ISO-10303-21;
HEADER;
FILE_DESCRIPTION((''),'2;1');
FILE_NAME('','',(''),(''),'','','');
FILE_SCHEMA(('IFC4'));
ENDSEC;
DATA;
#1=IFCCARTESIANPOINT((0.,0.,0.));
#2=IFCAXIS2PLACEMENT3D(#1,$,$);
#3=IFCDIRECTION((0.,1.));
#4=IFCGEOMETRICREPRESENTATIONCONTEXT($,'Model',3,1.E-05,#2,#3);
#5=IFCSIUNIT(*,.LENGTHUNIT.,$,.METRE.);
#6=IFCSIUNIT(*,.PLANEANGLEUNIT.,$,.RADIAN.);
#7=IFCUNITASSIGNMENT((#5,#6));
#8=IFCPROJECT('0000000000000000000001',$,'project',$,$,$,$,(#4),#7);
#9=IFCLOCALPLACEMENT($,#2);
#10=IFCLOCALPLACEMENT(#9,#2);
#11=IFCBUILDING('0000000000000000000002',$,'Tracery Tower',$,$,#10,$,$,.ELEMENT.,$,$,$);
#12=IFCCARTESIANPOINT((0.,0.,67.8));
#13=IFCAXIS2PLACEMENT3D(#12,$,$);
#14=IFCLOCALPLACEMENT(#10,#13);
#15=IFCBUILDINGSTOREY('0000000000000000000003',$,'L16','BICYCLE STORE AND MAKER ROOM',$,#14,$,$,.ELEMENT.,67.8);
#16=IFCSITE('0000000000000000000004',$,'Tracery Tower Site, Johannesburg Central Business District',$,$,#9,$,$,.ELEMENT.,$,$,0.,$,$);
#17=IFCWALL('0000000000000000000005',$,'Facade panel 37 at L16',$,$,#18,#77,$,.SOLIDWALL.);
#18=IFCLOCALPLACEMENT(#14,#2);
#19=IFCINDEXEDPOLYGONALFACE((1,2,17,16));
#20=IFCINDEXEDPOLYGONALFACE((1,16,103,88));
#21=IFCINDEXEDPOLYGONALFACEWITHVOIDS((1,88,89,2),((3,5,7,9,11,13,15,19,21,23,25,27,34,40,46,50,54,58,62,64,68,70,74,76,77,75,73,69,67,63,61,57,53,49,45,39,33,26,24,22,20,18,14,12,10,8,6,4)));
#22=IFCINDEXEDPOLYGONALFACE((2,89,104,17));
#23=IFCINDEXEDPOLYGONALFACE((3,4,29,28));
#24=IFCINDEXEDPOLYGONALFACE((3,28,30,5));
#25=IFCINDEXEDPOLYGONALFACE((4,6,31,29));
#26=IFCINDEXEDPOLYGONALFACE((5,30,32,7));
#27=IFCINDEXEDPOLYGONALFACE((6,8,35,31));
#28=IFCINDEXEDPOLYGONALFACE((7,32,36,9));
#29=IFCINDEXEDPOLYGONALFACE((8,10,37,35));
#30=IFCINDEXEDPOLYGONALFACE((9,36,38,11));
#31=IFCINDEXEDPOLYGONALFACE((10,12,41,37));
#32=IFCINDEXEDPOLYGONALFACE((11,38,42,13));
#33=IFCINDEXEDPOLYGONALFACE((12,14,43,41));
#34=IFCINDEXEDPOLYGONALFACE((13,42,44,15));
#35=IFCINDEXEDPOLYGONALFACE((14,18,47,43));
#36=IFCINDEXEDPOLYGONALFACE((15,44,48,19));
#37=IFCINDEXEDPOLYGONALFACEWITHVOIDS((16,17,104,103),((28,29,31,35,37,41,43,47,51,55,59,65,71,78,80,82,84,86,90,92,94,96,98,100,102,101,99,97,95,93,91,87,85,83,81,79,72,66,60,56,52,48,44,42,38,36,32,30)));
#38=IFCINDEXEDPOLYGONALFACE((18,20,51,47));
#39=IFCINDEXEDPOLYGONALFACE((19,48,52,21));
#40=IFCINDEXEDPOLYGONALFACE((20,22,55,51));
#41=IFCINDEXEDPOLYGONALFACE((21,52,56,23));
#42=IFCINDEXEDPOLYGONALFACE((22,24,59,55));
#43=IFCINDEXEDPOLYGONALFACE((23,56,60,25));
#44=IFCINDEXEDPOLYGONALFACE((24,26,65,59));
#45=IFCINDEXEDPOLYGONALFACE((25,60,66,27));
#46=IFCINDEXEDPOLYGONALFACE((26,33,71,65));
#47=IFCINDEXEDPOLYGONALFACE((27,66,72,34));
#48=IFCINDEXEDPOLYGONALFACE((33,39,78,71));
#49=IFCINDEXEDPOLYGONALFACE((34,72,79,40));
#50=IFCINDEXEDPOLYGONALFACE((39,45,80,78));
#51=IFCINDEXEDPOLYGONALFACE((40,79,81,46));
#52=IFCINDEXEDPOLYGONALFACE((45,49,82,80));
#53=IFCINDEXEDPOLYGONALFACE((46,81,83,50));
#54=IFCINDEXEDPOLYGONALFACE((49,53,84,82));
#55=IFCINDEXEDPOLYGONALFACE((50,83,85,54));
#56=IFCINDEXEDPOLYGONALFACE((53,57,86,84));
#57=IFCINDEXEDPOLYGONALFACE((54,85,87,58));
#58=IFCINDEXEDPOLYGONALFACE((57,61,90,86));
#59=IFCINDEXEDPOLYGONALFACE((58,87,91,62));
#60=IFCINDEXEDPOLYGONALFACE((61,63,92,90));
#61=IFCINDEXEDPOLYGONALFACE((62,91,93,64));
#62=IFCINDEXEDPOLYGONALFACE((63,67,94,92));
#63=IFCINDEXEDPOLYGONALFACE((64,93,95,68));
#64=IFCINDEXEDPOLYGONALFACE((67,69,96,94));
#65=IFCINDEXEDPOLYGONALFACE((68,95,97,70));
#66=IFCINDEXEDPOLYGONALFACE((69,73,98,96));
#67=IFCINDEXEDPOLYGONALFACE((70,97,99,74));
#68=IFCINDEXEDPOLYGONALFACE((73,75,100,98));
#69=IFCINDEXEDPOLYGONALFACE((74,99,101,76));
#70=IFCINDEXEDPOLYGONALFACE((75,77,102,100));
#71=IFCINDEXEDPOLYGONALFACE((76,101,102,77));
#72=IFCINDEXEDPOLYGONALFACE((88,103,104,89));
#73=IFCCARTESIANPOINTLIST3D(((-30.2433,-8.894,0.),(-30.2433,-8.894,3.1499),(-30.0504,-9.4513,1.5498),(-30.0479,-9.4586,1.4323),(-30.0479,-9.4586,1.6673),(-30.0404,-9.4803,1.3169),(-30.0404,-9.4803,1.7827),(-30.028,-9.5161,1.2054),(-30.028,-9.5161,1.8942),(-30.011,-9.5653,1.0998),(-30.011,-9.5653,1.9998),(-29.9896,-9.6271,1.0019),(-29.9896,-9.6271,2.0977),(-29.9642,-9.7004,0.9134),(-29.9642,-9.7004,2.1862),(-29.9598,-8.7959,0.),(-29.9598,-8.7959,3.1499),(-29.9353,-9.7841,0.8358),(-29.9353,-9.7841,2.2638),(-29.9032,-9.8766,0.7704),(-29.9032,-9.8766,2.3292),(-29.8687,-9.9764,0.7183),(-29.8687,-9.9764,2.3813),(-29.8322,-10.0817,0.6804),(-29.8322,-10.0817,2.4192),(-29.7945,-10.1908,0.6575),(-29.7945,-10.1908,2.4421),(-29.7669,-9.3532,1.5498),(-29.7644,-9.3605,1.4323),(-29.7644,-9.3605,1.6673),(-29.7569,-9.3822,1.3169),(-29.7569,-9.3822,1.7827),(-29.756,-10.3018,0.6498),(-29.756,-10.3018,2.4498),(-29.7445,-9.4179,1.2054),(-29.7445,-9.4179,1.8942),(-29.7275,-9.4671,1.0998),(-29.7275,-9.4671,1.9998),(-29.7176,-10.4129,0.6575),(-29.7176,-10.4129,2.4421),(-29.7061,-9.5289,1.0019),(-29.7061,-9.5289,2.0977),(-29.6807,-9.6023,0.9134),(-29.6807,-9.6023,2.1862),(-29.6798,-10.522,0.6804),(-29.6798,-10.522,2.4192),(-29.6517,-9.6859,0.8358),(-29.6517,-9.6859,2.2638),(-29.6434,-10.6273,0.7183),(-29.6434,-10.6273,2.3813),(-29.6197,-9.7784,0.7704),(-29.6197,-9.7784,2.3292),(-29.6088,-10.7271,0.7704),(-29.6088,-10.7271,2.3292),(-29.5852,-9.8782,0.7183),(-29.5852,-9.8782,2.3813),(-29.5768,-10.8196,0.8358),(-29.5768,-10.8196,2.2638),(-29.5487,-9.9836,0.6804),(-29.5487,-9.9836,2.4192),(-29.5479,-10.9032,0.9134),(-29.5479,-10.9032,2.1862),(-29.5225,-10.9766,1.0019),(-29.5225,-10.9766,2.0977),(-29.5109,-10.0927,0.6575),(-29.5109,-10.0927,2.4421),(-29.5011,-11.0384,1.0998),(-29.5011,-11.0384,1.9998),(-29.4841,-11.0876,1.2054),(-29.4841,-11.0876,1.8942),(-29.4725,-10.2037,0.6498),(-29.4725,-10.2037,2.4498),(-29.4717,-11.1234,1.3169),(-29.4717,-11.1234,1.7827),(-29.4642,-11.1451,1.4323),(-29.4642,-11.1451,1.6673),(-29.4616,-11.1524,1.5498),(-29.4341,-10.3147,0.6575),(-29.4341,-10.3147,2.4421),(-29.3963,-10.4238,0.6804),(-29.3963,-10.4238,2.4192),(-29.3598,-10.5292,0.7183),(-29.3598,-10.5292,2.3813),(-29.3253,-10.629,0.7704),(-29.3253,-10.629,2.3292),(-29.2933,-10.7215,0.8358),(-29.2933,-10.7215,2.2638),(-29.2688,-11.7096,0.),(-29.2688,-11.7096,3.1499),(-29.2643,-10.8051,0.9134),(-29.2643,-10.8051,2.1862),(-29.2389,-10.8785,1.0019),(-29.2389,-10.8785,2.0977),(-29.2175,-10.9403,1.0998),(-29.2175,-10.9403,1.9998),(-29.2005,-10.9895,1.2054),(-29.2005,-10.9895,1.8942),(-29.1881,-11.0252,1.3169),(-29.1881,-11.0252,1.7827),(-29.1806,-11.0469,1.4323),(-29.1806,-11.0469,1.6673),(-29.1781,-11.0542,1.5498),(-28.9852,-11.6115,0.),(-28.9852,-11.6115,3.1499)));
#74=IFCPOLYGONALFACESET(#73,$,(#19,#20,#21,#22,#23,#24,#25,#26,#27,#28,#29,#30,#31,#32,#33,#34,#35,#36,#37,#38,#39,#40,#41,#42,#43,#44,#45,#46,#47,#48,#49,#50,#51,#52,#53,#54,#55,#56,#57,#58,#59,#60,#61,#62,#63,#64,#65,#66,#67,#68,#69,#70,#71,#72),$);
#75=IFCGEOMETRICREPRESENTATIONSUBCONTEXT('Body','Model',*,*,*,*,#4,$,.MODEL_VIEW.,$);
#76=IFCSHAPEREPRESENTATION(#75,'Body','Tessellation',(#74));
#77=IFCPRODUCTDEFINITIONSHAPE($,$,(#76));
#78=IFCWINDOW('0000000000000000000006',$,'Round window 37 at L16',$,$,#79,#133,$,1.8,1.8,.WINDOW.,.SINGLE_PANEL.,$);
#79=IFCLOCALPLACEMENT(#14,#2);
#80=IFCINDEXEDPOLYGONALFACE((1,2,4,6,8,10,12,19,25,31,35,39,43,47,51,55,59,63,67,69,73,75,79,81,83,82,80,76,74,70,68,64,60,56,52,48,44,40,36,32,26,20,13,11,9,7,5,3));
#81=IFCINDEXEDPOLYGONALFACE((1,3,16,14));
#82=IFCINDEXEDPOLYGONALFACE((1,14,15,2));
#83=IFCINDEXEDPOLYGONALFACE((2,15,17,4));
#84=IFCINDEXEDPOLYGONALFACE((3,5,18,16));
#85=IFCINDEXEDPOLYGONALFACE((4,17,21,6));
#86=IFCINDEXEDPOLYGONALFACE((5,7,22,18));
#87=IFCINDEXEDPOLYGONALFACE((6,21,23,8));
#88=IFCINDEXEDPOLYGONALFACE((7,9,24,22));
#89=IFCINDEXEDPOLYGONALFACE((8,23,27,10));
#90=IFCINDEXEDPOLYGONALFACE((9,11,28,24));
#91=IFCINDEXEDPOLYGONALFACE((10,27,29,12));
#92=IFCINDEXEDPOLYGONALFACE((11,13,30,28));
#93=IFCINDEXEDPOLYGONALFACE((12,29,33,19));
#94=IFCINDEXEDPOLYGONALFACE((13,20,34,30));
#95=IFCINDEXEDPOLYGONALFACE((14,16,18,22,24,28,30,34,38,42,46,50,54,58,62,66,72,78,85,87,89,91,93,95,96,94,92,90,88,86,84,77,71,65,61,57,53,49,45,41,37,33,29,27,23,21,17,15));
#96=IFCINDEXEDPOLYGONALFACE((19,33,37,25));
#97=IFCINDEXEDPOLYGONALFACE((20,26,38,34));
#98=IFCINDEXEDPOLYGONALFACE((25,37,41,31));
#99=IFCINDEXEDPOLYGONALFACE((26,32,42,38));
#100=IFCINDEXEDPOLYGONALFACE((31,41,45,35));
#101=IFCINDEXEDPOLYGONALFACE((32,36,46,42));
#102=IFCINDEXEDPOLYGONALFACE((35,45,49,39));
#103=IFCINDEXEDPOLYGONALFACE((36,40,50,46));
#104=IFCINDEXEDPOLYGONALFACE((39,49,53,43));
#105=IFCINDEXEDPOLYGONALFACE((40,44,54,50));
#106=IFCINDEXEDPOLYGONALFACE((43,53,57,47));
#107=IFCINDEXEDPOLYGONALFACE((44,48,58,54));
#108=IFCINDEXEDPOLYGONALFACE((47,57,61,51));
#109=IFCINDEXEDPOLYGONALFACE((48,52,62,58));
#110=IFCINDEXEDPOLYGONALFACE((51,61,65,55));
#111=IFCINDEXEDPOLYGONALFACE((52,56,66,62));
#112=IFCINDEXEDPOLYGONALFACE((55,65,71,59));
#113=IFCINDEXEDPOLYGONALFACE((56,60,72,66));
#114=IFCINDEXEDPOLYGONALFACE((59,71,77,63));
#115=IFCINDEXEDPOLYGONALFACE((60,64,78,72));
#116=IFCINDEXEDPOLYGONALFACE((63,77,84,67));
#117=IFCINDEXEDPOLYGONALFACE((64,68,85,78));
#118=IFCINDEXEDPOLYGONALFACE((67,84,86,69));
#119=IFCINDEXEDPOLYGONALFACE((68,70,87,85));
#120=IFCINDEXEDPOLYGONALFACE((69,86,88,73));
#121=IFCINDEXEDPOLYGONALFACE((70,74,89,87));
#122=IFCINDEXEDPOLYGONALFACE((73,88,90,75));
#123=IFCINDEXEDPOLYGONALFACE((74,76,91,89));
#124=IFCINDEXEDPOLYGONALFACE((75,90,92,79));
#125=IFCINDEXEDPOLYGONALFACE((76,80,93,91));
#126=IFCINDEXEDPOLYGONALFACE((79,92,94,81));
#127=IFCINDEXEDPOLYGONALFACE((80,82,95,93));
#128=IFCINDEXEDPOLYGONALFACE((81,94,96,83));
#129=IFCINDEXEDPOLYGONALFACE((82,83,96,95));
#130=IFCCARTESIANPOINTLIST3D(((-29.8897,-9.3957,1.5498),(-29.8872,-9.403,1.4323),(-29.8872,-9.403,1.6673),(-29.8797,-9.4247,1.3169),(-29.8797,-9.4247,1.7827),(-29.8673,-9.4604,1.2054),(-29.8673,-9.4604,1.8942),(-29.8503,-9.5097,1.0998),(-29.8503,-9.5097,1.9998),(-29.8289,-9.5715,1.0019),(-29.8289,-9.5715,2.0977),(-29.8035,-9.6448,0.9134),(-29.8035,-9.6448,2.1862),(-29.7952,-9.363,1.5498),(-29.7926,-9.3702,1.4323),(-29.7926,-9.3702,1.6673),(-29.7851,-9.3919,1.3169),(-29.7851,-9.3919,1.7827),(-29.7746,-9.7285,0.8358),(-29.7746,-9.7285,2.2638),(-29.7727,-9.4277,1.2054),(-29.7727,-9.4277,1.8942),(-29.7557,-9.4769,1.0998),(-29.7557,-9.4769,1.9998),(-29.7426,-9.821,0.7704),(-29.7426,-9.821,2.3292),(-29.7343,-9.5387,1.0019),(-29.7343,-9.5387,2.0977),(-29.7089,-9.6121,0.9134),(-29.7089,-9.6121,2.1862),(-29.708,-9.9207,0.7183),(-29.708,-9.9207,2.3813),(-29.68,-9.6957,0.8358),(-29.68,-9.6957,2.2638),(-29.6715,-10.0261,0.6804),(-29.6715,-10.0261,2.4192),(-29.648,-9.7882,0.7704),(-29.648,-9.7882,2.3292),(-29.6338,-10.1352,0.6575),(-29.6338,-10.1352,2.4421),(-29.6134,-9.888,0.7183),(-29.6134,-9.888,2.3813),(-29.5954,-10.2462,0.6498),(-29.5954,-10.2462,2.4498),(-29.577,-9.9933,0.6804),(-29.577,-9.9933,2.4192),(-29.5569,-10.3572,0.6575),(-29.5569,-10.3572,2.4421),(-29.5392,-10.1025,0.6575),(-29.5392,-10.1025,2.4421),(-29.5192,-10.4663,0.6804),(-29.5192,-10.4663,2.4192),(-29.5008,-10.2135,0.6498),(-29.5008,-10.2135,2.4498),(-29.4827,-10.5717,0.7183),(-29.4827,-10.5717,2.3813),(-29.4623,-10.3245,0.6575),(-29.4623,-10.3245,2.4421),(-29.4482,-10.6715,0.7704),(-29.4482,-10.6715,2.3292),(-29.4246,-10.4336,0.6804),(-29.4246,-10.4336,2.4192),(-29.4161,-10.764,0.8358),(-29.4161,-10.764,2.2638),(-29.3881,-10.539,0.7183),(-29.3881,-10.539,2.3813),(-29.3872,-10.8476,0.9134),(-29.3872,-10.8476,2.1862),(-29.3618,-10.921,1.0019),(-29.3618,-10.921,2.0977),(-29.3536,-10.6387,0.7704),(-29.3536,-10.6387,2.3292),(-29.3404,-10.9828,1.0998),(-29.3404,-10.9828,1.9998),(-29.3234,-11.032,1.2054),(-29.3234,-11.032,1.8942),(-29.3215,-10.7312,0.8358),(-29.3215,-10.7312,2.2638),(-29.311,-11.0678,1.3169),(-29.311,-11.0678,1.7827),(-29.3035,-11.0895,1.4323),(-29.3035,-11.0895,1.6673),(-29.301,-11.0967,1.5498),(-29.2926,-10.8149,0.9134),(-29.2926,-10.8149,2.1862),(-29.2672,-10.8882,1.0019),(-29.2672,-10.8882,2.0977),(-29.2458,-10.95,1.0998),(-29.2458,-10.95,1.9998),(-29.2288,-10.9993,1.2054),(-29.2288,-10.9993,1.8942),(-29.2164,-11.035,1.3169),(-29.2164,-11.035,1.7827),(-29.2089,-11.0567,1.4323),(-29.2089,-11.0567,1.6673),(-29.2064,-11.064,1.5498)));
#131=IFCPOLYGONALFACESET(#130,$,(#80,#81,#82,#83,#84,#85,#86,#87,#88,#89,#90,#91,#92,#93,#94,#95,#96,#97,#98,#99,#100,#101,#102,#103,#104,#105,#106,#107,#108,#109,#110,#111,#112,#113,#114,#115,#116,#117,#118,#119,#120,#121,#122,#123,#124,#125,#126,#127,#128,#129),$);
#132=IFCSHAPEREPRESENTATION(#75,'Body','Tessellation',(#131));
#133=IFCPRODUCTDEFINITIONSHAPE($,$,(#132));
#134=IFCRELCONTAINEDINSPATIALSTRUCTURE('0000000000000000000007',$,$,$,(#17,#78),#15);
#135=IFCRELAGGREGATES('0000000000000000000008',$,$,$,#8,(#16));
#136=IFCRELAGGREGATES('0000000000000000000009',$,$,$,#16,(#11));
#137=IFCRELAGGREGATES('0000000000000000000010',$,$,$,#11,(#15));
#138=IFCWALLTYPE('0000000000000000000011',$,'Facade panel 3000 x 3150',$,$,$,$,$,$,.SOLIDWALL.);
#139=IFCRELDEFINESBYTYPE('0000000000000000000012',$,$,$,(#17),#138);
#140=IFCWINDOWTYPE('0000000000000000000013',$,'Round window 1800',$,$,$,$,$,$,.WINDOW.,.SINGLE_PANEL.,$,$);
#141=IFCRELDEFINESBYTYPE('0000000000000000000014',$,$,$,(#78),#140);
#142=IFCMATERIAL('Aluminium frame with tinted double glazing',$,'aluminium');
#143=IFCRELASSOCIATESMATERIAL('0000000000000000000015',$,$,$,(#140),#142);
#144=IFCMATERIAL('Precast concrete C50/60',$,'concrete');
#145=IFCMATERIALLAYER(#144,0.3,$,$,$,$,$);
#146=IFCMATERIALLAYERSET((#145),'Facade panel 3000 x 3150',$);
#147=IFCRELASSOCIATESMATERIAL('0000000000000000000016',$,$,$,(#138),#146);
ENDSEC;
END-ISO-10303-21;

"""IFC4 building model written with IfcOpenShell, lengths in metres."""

from ifc_helpers import new_model, si_unit, direction, frame, frame_2d, origin, origin_2d, place, context, subcontext, project, spatial, rectangle, circle, extrude, material, layer, layer_set, type_object, element, fill, save


model = new_model("IFC4")

# Units and contexts
model_context = context("Model", 3, precision=1e-05, world=origin(), true_north=direction((0.0, 1.0)))
body_context = subcontext(model_context, "Body", "Model", "MODEL_VIEW")
ifc_project = project(units=[si_unit("LENGTHUNIT", "METRE"), si_unit("PLANEANGLEUNIT", "RADIAN")], contexts=[model_context])

# Site, building, storey
site_placement = place(None, origin())
site = spatial("IfcSite", under=ifc_project, at=site_placement, Name="Tracery Tower Site, Johannesburg Central Business District", CompositionType="ELEMENT", RefElevation=0.0)
building_placement = place(site_placement, origin())
building = spatial("IfcBuilding", under=site, at=building_placement, Name="Tracery Tower", CompositionType="ELEMENT")
storey_placement = place(building_placement, frame((0.0, 0.0, 67.8)))
storey = spatial("IfcBuildingStorey", under=building, at=storey_placement, Name="L16", Description="BICYCLE STORE AND MAKER ROOM", CompositionType="ELEMENT", Elevation=67.8)

# Wall, opening, window
ifc_material_1 = material(Name="Aluminium frame with tinted double glazing", Category="aluminium")
window_type = type_object("IfcWindowType", Name="Round window 1800", PartitioningType="SINGLE_PANEL", PredefinedType="WINDOW", material=ifc_material_1)
ifc_material_2 = material(Name="Precast concrete C50/60", Category="concrete")
ifc_layer_1 = layer(ifc_material_2, 0.3)
ifc_layer_set_1 = layer_set([ifc_layer_1], Name="Facade panel 3000 x 3150")
wall_type_1 = type_object("IfcWallType", Name="Facade panel 3000 x 3150", PredefinedType="SOLIDWALL", material=ifc_layer_set_1)
wall_1_placement = place(storey_placement, frame((-30.1016, -8.845, 0.0), z_axis=(0.0, 0.0, 1.0), x_axis=(0.327096, -0.944991, 0.0)))
wall_1 = element("IfcWall", 1, at=wall_1_placement, inside=storey, type_object=wall_type_1, Name="Facade panel 37 at L16", PredefinedType="SOLIDWALL", context=body_context, shape_type="SweptSolid", body=[
    extrude(rectangle(XDim=2.9795, YDim=0.3, at=frame_2d((1.4897, 0.0))), origin(), (0.0, 0.0, 1.0), 3.1499),
])
opening_1_placement = place(wall_1_placement, frame((1.4897, 0.0, 1.5498)))
opening_1 = element("IfcOpeningElement", 2, at=opening_1_placement, cuts=wall_1, PredefinedType="OPENING", context=body_context, shape_type="SweptSolid", body=[
    extrude(circle(Radius=0.9, at=origin_2d()), frame((0.0, 0.1599, 0.0), z_axis=(0.0, -1.0, 0.0), x_axis=(1.0, 0.0, 0.0)), (0.0, 0.0, 1.0), 0.3201),
])
window_1_placement = place(opening_1_placement, origin())
window_1 = element("IfcWindow", 3, at=window_1_placement, inside=storey, type_object=window_type, Name="Round window 37 at L16", OverallHeight=1.8, OverallWidth=1.8, PartitioningType="SINGLE_PANEL", PredefinedType="WINDOW", context=body_context, shape_type="SweptSolid", body=[
    extrude(circle(Radius=0.9, at=origin_2d()), frame((0.0, 0.1201, 0.0), z_axis=(0.0, -1.0, 0.0), x_axis=(1.0, 0.0, 0.0)), (0.0, 0.0, 1.0), 0.1001),
])
fill(opening_1, window_1)

save(model, "model.ifc")
